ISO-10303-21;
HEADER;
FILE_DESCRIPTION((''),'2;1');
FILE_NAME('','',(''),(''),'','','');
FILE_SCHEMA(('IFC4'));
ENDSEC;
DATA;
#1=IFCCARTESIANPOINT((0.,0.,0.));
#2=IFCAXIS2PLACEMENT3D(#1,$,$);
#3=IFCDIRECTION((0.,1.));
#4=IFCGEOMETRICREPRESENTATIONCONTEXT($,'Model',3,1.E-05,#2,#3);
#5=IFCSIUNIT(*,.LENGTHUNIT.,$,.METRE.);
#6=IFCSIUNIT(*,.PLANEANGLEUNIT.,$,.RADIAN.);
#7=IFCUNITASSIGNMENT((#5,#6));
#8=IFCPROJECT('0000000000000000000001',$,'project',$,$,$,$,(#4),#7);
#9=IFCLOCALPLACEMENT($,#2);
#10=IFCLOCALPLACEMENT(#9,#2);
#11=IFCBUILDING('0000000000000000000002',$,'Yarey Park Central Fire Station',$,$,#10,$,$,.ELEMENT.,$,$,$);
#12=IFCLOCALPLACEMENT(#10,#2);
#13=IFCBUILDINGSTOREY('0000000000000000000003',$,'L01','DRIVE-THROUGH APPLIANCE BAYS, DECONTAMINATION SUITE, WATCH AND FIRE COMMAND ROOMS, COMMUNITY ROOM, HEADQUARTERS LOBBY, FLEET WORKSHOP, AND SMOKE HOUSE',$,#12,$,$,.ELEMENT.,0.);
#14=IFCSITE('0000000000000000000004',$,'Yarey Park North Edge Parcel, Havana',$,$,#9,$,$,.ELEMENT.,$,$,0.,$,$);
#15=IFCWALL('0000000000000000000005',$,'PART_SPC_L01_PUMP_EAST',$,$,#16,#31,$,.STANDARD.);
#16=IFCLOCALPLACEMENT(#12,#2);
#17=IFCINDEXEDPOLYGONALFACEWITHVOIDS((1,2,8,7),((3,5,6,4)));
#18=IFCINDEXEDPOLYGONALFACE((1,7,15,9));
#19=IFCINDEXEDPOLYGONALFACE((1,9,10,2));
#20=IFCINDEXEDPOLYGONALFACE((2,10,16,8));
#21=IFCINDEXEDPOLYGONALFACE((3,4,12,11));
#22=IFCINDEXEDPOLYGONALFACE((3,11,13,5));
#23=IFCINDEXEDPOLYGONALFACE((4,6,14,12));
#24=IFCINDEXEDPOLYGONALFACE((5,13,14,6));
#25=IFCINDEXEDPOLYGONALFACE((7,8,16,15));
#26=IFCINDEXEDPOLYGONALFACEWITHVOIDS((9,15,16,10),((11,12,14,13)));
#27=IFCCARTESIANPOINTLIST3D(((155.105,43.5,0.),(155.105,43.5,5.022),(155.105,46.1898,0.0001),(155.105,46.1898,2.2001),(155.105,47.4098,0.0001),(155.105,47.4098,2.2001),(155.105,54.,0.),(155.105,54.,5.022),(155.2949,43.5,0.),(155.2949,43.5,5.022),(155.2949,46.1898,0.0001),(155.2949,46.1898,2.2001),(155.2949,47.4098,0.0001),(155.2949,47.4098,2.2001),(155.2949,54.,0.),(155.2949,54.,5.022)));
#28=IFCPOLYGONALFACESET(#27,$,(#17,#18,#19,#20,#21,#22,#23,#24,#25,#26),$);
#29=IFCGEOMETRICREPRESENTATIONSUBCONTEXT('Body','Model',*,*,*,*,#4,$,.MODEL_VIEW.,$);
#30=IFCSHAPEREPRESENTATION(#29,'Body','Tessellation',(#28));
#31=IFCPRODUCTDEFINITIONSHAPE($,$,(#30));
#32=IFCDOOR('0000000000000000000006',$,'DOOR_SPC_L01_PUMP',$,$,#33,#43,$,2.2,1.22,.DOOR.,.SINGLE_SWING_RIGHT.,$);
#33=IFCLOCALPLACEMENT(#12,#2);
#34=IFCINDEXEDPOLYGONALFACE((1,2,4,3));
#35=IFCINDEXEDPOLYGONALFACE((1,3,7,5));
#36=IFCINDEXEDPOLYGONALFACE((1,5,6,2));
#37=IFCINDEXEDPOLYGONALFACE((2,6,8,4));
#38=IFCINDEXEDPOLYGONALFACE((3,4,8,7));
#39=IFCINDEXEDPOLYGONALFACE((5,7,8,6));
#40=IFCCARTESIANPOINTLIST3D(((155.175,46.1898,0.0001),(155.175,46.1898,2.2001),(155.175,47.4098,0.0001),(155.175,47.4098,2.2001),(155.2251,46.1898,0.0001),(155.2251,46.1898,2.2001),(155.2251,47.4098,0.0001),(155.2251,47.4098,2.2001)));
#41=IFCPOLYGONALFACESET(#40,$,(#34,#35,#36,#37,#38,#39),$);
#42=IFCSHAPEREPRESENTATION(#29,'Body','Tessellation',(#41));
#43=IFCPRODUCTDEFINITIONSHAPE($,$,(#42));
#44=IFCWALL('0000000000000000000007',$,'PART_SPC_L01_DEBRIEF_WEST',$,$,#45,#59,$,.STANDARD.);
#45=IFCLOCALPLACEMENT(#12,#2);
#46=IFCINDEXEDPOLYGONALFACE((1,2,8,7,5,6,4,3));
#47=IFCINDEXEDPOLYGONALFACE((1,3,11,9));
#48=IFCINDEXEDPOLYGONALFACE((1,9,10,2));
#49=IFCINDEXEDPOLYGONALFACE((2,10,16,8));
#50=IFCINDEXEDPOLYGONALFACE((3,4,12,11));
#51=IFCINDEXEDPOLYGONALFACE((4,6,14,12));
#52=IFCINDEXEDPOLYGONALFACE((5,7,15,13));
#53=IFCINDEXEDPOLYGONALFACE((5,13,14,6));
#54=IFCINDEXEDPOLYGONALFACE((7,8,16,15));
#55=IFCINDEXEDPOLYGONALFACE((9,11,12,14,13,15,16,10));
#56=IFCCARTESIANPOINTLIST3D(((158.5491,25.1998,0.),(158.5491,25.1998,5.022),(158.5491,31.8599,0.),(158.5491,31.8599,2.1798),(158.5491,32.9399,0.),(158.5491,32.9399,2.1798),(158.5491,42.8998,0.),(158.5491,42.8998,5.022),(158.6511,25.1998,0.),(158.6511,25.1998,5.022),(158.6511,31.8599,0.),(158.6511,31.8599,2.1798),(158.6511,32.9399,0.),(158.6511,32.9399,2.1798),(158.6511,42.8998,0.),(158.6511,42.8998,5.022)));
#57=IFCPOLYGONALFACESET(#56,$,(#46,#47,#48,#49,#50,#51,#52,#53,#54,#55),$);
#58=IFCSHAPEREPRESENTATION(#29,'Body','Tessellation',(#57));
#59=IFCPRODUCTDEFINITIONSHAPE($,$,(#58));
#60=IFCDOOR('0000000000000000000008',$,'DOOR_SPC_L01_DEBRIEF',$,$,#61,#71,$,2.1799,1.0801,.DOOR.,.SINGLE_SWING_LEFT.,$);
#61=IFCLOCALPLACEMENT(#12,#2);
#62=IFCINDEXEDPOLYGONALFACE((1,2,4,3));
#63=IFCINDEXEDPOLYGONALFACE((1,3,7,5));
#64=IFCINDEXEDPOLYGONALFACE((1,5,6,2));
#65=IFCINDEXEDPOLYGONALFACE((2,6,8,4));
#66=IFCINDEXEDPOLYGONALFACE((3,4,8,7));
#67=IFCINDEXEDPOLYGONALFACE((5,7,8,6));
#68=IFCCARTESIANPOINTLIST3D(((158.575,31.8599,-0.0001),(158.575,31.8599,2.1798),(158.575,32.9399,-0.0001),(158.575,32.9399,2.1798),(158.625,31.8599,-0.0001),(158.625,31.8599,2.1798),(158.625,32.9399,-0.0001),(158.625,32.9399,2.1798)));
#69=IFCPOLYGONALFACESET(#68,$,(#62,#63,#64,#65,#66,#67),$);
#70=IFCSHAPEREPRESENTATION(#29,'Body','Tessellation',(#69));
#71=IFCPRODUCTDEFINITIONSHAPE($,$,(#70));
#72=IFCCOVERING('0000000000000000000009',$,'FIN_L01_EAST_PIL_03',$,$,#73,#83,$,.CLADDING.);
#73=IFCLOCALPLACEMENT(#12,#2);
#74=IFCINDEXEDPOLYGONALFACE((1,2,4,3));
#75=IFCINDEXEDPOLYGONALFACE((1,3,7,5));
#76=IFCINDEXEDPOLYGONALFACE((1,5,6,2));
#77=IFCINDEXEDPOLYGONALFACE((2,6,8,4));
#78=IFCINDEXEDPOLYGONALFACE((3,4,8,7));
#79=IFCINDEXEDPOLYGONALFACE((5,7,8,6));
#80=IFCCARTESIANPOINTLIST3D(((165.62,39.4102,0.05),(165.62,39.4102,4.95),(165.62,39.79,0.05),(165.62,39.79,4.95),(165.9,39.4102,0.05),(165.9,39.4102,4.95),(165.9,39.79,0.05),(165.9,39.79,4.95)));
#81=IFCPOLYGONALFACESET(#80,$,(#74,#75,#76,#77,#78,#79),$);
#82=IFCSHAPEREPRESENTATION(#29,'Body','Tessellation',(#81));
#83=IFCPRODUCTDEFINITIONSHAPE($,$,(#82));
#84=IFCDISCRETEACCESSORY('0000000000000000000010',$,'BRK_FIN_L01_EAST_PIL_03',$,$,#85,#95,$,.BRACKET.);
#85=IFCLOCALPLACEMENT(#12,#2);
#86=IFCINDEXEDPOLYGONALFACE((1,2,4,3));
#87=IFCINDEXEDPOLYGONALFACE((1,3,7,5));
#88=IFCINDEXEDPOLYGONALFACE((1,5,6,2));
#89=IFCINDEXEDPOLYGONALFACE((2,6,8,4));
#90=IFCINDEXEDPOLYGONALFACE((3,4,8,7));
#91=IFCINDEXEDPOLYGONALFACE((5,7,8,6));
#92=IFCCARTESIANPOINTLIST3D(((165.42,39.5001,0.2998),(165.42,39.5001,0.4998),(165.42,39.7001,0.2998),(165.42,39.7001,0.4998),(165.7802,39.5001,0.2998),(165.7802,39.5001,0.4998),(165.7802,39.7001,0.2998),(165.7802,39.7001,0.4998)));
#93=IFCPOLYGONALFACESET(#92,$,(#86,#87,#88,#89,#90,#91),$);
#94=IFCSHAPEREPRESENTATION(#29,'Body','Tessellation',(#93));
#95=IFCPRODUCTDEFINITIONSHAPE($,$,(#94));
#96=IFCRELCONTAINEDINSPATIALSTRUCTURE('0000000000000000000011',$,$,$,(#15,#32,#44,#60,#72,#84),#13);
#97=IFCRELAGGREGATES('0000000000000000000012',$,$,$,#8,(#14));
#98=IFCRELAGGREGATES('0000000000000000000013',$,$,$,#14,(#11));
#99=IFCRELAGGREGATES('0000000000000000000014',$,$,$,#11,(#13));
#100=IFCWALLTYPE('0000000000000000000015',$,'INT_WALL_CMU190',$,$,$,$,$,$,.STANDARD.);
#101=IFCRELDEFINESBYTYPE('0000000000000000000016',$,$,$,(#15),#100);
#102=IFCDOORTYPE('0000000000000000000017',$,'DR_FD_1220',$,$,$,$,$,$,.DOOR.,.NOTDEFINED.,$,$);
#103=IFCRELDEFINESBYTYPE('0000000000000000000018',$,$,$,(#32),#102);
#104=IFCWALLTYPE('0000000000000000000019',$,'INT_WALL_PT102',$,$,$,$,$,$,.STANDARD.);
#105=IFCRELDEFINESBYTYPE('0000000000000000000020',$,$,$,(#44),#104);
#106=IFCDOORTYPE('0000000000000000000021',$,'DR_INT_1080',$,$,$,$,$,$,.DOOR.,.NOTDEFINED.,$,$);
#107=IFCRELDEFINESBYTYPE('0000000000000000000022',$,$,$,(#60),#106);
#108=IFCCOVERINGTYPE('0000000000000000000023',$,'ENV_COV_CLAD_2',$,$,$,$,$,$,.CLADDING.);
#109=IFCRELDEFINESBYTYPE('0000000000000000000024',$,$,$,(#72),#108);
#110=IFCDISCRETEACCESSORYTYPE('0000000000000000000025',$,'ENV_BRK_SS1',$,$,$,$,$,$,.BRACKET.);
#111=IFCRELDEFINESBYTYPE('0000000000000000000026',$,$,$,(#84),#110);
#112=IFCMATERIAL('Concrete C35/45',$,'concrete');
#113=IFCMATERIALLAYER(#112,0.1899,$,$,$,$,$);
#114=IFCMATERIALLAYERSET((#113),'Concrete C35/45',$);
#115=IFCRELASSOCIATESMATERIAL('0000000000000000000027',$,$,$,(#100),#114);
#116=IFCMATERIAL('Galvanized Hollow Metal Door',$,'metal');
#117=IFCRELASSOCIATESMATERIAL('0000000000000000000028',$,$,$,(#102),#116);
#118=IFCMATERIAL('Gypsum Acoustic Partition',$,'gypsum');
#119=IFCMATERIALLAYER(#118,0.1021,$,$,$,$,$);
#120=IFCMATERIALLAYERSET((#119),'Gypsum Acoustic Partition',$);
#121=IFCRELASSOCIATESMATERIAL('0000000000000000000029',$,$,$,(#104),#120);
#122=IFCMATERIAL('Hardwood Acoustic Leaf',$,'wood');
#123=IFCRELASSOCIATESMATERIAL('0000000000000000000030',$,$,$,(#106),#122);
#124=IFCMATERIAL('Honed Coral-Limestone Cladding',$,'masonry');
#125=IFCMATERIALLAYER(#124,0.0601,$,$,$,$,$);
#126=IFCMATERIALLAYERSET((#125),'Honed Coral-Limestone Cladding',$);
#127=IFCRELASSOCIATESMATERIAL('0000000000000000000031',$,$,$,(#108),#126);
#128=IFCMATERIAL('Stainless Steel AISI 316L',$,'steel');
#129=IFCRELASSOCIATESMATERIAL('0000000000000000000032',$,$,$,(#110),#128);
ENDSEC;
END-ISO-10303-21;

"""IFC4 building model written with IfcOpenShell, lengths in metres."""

from ifc_helpers import new_model, si_unit, direction, frame, frame_2d, origin, origin_2d, place, context, subcontext, project, spatial, rectangle, extrude, material, layer, layer_set, type_object, element, fill, save


model = new_model("IFC4")

# Units and contexts
model_context = context("Model", 3, precision=1e-05, world=origin(), true_north=direction((0.0, 1.0)))
body_context = subcontext(model_context, "Body", "Model", "MODEL_VIEW")
ifc_project = project(units=[si_unit("LENGTHUNIT", "METRE"), si_unit("PLANEANGLEUNIT", "RADIAN")], contexts=[model_context])

# Site, building, storey
site_placement = place(None, origin())
site = spatial("IfcSite", under=ifc_project, at=site_placement, Name="Yarey Park North Edge Parcel, Havana", CompositionType="ELEMENT", RefElevation=0.0)
building_placement = place(site_placement, origin())
building = spatial("IfcBuilding", under=site, at=building_placement, Name="Yarey Park Central Fire Station", CompositionType="ELEMENT")
storey_placement = place(building_placement, origin())
storey = spatial("IfcBuildingStorey", under=building, at=storey_placement, Name="L01", Description="DRIVE-THROUGH APPLIANCE BAYS, DECONTAMINATION SUITE, WATCH AND FIRE COMMAND ROOMS, COMMUNITY ROOM, HEADQUARTERS LOBBY, FLEET WORKSHOP, AND SMOKE HOUSE", CompositionType="ELEMENT", Elevation=0.0)

# Shared definitions
ifc_material_1 = material(Name="Concrete C35/45", Category="concrete")

# Walls, openings, doors
ifc_layer_1 = layer(ifc_material_1, 0.1899)
ifc_layer_set_1 = layer_set([ifc_layer_1], Name="Concrete C35/45")
wall_type_1 = type_object("IfcWallType", Name="INT_WALL_CMU190", PredefinedType="STANDARD", material=ifc_layer_set_1)
wall_1_placement = place(storey_placement, frame((155.2, 43.5, 0.0), z_axis=(0.0, 0.0, 1.0), x_axis=(0.0, 1.0, 0.0)))
wall_1 = element("IfcWall", 1, at=wall_1_placement, inside=storey, type_object=wall_type_1, Name="PART_SPC_L01_PUMP_EAST", PredefinedType="STANDARD", context=body_context, shape_type="SweptSolid", body=[
    extrude(rectangle(XDim=10.5, YDim=0.1899, at=frame_2d((5.25, 0.0))), origin(), (0.0, 0.0, 1.0), 5.022),
])
opening_1_placement = place(wall_1_placement, frame((2.6899, 0.0, 0.0)))
opening_1 = element("IfcOpeningElement", 2, at=opening_1_placement, cuts=wall_1, PredefinedType="OPENING", context=body_context, shape_type="SweptSolid", body=[
    extrude(rectangle(XDim=1.22, YDim=2.2, at=frame_2d((0.6099, 1.1001))), frame((0.0, 0.105, 0.0), z_axis=(0.0, -1.0, 0.0), x_axis=(1.0, 0.0, 0.0)), (0.0, 0.0, 1.0), 0.21),
])
ifc_material_2 = material(Name="Galvanized Hollow Metal Door", Category="metal")
door_type_1 = type_object("IfcDoorType", Name="DR_FD_1220", OperationType="NOTDEFINED", PredefinedType="DOOR", material=ifc_material_2)
door_1_placement = place(opening_1_placement, origin())
door_1 = element("IfcDoor", 3, at=door_1_placement, inside=storey, type_object=door_type_1, Name="DOOR_SPC_L01_PUMP", OperationType="SINGLE_SWING_RIGHT", OverallHeight=2.2, OverallWidth=1.22, PredefinedType="DOOR", context=body_context, shape_type="SweptSolid", body=[
    extrude(rectangle(XDim=1.22, YDim=2.2, at=frame_2d((0.6099, 1.1001))), frame((0.0, 0.0249, 0.0), z_axis=(0.0, -1.0, 0.0), x_axis=(1.0, 0.0, 0.0)), (0.0, 0.0, 1.0), 0.05),
])
fill(opening_1, door_1)
ifc_material_3 = material(Name="Gypsum Acoustic Partition", Category="gypsum")
ifc_layer_2 = layer(ifc_material_3, 0.1021)
ifc_layer_set_2 = layer_set([ifc_layer_2], Name="Gypsum Acoustic Partition")
wall_type_2 = type_object("IfcWallType", Name="INT_WALL_PT102", PredefinedType="STANDARD", material=ifc_layer_set_2)
wall_2_placement = place(storey_placement, frame((158.6001, 42.8999, 0.0), z_axis=(0.0, 0.0, 1.0), x_axis=(0.0, -1.0, 0.0)))
wall_2 = element("IfcWall", 4, at=wall_2_placement, inside=storey, type_object=wall_type_2, Name="PART_SPC_L01_DEBRIEF_WEST", PredefinedType="STANDARD", context=body_context, shape_type="SweptSolid", body=[
    extrude(rectangle(XDim=17.7, YDim=0.1021, at=frame_2d((8.8501, 0.0))), origin(), (0.0, 0.0, 1.0), 5.022),
])
opening_2_placement = place(wall_2_placement, frame((9.96, 0.0, 0.0)))
opening_2 = element("IfcOpeningElement", 5, at=opening_2_placement, cuts=wall_2, PredefinedType="OPENING", context=body_context, shape_type="SweptSolid", body=[
    extrude(rectangle(XDim=1.0801, YDim=2.1799, at=frame_2d((0.54, 1.0898))), frame((0.0, 0.061, 0.0), z_axis=(0.0, -1.0, 0.0), x_axis=(1.0, 0.0, 0.0)), (0.0, 0.0, 1.0), 0.1221),
])
ifc_material_4 = material(Name="Hardwood Acoustic Leaf", Category="wood")
door_type_2 = type_object("IfcDoorType", Name="DR_INT_1080", OperationType="NOTDEFINED", PredefinedType="DOOR", material=ifc_material_4)
door_2_placement = place(opening_2_placement, origin())
door_2 = element("IfcDoor", 6, at=door_2_placement, inside=storey, type_object=door_type_2, Name="DOOR_SPC_L01_DEBRIEF", OperationType="SINGLE_SWING_LEFT", OverallHeight=2.1799, OverallWidth=1.0801, PredefinedType="DOOR", context=body_context, shape_type="SweptSolid", body=[
    extrude(rectangle(XDim=1.0801, YDim=2.1799, at=frame_2d((0.54, 1.0898))), frame((0.0, 0.0249, 0.0), z_axis=(0.0, -1.0, 0.0), x_axis=(1.0, 0.0, 0.0)), (0.0, 0.0, 1.0), 0.05),
])
fill(opening_2, door_2)

# Covering
ifc_material_5 = material(Name="Honed Coral-Limestone Cladding", Category="masonry")
ifc_layer_3 = layer(ifc_material_5, 0.0601)
ifc_layer_set_3 = layer_set([ifc_layer_3], Name="Honed Coral-Limestone Cladding")
covering_type = type_object("IfcCoveringType", Name="ENV_COV_CLAD_2", PredefinedType="CLADDING", material=ifc_layer_set_3)
covering_placement = place(storey_placement, frame((165.76, 39.6001, 0.05), z_axis=(0.0, 0.0, 1.0), x_axis=(0.0, 1.0, 0.0)))
element("IfcCovering", 7, at=covering_placement, inside=storey, type_object=covering_type, Name="FIN_L01_EAST_PIL_03", PredefinedType="CLADDING", context=body_context, shape_type="SweptSolid", body=[
    extrude(rectangle(XDim=0.3799, YDim=0.28, at=origin_2d()), origin(), (0.0, 0.0, 1.0), 4.8999),
])

# Discrete accessory
ifc_material_6 = material(Name="Stainless Steel AISI 316L", Category="steel")
discrete_accessory_type = type_object("IfcDiscreteAccessoryType", Name="ENV_BRK_SS1", PredefinedType="BRACKET", material=ifc_material_6)
discrete_accessory_placement = place(storey_placement, frame((165.6001, 39.6001, 0.2998), z_axis=(0.0, 0.0, 1.0), x_axis=(1.0, 0.0, 0.0)))
element("IfcDiscreteAccessory", 8, at=discrete_accessory_placement, inside=storey, type_object=discrete_accessory_type, Name="BRK_FIN_L01_EAST_PIL_03", PredefinedType="BRACKET", context=body_context, shape_type="SweptSolid", body=[
    extrude(rectangle(XDim=0.3601, YDim=0.2, at=origin_2d()), origin(), (0.0, 0.0, 1.0), 0.2),
])

save(model, "model.ifc")
